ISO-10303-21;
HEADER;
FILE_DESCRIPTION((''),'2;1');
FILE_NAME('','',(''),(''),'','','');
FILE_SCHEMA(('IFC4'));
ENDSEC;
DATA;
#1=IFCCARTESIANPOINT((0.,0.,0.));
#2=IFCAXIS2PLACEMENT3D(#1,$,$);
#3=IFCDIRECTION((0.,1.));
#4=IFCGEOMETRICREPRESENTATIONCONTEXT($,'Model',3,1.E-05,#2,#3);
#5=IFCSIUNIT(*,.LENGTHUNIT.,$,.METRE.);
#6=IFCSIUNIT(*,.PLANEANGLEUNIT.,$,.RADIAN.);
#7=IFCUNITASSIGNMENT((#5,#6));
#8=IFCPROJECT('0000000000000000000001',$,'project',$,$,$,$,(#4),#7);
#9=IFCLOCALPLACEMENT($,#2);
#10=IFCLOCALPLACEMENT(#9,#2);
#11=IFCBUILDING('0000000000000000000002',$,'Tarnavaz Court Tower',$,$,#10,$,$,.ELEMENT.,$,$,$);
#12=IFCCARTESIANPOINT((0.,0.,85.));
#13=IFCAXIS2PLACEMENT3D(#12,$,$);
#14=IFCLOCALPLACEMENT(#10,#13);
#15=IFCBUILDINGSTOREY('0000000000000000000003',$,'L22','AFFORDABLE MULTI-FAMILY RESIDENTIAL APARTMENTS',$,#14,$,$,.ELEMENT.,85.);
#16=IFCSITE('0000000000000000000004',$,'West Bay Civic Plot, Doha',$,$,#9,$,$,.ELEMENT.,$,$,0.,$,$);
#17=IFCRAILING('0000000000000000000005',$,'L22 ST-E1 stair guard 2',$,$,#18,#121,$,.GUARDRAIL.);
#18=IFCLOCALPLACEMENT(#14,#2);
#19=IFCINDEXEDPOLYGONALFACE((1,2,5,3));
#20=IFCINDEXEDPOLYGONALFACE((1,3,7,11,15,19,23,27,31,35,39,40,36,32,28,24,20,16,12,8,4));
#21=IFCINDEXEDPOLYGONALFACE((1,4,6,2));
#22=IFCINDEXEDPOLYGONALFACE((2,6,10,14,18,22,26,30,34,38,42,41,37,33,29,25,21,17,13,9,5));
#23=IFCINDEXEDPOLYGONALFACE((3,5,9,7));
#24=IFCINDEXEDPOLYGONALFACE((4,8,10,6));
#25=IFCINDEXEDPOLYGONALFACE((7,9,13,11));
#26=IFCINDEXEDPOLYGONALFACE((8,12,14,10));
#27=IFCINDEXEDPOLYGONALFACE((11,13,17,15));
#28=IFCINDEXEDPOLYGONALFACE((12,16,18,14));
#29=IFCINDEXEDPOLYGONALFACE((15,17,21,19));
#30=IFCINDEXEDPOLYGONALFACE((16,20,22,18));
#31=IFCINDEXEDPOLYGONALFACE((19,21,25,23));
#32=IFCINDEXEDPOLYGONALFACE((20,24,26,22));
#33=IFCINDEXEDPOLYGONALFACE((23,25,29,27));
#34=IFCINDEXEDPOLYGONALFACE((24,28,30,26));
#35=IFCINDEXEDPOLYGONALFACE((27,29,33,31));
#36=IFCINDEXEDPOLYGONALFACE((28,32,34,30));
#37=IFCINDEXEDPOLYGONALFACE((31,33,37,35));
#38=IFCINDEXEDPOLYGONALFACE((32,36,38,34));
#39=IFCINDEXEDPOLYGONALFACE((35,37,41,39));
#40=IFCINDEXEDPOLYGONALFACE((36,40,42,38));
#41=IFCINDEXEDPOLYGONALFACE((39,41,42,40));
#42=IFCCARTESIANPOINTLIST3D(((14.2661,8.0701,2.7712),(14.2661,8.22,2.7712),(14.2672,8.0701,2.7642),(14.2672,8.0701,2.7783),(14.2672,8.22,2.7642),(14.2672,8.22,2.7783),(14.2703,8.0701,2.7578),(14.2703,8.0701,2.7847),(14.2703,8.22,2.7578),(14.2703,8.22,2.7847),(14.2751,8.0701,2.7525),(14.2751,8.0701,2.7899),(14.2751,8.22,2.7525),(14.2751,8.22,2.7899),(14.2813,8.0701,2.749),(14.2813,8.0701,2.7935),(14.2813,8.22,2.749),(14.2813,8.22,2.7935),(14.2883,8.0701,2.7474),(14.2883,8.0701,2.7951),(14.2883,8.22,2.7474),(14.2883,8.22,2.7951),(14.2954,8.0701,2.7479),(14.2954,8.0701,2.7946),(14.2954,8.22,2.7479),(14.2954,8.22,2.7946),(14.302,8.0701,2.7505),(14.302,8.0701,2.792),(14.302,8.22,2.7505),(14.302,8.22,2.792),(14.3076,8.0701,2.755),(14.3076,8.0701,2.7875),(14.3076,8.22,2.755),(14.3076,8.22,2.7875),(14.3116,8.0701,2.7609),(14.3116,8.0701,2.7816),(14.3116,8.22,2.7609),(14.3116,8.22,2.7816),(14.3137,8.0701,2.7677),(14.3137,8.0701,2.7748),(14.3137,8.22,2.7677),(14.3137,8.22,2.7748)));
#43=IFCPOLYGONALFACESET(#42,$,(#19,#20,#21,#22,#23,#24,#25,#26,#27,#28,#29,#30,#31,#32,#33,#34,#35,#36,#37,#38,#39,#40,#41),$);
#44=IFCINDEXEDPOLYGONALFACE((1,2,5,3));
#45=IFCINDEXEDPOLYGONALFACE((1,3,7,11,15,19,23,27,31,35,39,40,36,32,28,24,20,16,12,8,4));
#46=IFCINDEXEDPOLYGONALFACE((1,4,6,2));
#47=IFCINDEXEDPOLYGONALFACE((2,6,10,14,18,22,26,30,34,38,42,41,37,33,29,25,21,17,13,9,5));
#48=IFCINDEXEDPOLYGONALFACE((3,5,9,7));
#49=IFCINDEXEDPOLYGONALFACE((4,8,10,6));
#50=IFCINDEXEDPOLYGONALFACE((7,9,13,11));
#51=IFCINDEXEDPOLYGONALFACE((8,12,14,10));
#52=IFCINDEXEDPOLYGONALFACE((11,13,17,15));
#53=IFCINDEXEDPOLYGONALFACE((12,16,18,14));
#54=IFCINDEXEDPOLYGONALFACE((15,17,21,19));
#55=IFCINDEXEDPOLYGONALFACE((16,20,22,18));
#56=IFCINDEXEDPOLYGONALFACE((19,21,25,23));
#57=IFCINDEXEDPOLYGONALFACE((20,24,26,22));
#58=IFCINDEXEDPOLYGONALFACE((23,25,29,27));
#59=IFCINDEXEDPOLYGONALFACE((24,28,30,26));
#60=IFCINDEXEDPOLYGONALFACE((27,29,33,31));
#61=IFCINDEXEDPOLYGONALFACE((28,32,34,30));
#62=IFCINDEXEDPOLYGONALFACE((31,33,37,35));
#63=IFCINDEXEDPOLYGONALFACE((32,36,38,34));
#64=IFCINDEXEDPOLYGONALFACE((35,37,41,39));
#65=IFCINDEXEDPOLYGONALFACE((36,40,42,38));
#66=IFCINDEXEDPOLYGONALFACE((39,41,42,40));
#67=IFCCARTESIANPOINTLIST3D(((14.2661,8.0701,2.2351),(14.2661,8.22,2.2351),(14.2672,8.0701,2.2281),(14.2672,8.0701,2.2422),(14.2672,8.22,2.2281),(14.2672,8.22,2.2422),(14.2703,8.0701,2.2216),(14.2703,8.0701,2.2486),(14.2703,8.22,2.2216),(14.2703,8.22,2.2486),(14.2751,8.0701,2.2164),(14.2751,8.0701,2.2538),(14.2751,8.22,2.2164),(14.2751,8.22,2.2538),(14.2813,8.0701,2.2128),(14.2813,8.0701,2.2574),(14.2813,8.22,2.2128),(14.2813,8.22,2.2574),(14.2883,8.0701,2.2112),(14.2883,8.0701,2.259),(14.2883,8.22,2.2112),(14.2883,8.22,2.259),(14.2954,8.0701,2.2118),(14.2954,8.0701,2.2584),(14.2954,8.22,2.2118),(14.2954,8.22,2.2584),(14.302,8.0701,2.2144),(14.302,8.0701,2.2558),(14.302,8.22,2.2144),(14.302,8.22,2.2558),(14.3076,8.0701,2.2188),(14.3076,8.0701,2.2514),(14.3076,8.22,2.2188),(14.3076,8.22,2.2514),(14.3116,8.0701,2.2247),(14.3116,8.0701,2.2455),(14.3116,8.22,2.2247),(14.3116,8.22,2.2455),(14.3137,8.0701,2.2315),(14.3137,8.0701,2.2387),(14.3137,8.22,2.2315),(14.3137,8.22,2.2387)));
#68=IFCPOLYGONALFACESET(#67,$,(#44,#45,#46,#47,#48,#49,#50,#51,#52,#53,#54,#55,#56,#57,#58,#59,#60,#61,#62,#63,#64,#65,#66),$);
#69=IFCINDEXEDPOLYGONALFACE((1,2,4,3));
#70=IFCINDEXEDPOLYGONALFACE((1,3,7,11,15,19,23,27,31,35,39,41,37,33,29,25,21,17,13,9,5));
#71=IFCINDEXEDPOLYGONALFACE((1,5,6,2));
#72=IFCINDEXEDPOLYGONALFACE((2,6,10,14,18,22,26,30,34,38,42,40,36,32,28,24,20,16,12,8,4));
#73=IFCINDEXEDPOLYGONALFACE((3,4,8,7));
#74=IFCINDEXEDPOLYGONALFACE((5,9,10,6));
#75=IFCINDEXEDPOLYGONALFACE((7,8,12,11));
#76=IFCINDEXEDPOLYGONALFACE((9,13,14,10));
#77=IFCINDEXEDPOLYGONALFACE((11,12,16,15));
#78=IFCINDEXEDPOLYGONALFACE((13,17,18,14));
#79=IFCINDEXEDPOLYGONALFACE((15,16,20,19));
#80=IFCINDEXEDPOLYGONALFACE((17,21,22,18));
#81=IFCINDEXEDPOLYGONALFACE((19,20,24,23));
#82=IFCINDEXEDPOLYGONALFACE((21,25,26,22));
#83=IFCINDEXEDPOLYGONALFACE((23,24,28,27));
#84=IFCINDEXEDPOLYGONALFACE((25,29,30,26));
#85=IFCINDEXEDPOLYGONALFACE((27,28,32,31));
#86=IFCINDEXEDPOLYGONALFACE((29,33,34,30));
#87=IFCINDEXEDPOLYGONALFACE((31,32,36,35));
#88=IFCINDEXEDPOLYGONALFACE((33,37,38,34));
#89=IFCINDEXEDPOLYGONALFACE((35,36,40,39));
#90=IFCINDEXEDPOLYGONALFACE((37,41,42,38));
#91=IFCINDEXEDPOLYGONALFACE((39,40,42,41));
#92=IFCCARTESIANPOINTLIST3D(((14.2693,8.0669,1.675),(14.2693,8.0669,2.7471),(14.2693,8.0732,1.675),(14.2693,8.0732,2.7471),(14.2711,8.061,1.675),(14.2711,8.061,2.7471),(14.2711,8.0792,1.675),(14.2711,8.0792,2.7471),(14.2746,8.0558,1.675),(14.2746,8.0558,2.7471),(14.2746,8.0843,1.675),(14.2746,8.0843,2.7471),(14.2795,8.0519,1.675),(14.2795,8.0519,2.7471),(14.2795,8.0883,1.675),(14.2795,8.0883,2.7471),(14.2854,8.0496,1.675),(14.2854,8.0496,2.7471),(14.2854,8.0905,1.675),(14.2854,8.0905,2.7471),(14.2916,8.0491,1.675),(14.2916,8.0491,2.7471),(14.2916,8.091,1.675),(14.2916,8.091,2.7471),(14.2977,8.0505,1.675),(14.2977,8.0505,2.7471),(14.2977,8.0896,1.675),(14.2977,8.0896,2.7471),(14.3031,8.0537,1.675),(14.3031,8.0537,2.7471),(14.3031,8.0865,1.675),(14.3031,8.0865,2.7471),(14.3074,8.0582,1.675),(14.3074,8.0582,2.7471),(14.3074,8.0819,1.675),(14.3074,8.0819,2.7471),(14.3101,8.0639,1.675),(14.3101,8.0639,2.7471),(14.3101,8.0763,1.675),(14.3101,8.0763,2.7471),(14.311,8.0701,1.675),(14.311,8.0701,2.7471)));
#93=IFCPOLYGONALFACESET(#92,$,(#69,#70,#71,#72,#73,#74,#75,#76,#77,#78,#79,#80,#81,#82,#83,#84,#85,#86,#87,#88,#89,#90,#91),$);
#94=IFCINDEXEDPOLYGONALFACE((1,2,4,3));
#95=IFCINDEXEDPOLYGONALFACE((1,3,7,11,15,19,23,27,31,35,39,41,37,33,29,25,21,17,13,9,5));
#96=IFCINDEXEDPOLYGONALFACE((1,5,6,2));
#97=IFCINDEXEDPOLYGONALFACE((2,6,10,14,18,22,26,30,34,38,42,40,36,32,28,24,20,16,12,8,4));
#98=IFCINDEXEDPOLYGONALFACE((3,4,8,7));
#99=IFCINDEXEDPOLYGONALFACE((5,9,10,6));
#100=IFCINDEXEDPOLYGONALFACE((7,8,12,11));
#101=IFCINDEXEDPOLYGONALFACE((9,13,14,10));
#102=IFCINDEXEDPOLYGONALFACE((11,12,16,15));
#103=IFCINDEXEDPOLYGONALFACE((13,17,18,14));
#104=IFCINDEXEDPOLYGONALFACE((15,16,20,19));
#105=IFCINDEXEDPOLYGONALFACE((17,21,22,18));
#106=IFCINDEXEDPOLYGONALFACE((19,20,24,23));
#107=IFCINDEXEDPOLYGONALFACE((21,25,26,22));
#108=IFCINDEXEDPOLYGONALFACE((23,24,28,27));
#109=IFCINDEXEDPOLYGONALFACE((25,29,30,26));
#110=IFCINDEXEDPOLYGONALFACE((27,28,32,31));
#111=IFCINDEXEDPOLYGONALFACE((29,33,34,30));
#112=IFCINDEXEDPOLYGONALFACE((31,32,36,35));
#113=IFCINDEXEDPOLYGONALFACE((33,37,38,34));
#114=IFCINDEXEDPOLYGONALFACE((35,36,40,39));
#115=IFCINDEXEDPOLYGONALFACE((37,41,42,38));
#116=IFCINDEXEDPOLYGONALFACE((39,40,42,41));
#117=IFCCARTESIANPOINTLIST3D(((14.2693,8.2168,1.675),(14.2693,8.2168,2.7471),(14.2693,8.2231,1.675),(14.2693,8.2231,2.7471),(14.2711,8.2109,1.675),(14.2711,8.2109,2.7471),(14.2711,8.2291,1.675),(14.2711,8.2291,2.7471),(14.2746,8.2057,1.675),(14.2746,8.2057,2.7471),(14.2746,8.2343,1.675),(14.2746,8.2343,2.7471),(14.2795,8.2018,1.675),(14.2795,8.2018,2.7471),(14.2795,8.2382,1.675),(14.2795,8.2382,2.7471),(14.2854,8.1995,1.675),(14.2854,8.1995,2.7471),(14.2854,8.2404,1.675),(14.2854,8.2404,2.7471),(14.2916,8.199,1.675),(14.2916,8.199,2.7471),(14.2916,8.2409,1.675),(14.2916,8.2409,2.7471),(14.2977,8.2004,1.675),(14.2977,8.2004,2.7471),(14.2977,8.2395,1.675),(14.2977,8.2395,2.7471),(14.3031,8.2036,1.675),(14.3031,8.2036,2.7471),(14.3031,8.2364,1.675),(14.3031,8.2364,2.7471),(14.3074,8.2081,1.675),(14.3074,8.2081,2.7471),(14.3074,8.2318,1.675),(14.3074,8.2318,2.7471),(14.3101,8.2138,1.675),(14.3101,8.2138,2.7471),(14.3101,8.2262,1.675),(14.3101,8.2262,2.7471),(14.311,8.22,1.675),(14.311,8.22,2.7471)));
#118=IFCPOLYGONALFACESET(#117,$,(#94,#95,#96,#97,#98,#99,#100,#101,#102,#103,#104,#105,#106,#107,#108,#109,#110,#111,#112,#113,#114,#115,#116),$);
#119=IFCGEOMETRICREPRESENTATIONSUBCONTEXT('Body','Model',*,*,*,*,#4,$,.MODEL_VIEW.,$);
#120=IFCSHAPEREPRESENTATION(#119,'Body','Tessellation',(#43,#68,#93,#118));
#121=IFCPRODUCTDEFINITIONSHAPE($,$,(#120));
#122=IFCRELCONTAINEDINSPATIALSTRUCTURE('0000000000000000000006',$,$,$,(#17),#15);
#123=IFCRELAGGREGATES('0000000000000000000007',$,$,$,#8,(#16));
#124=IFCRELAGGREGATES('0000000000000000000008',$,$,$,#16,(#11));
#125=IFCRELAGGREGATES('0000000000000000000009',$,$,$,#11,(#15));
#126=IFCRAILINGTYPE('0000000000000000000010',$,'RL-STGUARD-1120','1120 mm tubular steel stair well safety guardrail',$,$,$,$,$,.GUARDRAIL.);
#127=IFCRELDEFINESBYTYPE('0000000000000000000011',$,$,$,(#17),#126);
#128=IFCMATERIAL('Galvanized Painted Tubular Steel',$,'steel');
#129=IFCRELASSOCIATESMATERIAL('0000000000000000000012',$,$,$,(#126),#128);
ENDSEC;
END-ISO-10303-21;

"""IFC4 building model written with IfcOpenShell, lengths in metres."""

from ifc_helpers import new_model, si_unit, direction, frame, origin, origin_2d, place, context, subcontext, project, spatial, circle, extrude, material, type_object, element, save


model = new_model("IFC4")

# Units and contexts
model_context = context("Model", 3, precision=1e-05, world=origin(), true_north=direction((0.0, 1.0)))
body_context = subcontext(model_context, "Body", "Model", "MODEL_VIEW")
ifc_project = project(units=[si_unit("LENGTHUNIT", "METRE"), si_unit("PLANEANGLEUNIT", "RADIAN")], contexts=[model_context])

# Site, building, storey
site_placement = place(None, origin())
site = spatial("IfcSite", under=ifc_project, at=site_placement, Name="West Bay Civic Plot, Doha", CompositionType="ELEMENT", RefElevation=0.0)
building_placement = place(site_placement, origin())
building = spatial("IfcBuilding", under=site, at=building_placement, Name="Tarnavaz Court Tower", CompositionType="ELEMENT")
storey_placement = place(building_placement, frame((0.0, 0.0, 85.0)))
storey = spatial("IfcBuildingStorey", under=building, at=storey_placement, Name="L22", Description="AFFORDABLE MULTI-FAMILY RESIDENTIAL APARTMENTS", CompositionType="ELEMENT", Elevation=85.0)

# Railing
ifc_material_1 = material(Name="Galvanized Painted Tubular Steel", Category="steel")
railing_type_1 = type_object("IfcRailingType", Name="RL-STGUARD-1120", Description="1120 mm tubular steel stair well safety guardrail", PredefinedType="GUARDRAIL", material=ifc_material_1)
railing_1_placement = place(storey_placement, frame((14.29, 8.0701, 1.675)))
element("IfcRailing", 1, at=railing_1_placement, inside=storey, type_object=railing_type_1, Name="L22 ST-E1 stair guard 2", PredefinedType="GUARDRAIL", context=body_context, shape_type="SweptSolid", body=[
    extrude(circle(Radius=0.0239, at=origin_2d()), frame((0.0, 0.0, 1.0962), z_axis=(0.0, 1.0, 0.0), x_axis=(-1.0, 0.0, 0.0)), (0.0, 0.0, 1.0), 0.1499),
    extrude(circle(Radius=0.0239, at=origin_2d()), frame((0.0, 0.0, 0.5601), z_axis=(0.0, 1.0, 0.0), x_axis=(-1.0, 0.0, 0.0)), (0.0, 0.0, 1.0), 0.1499),
    extrude(circle(Radius=0.021, at=origin_2d()), origin(), (0.0, 0.0, 1.0), 1.072),
    extrude(circle(Radius=0.021, at=origin_2d()), frame((0.0, 0.1499, 0.0)), (0.0, 0.0, 1.0), 1.072),
])

save(model, "model.ifc")
